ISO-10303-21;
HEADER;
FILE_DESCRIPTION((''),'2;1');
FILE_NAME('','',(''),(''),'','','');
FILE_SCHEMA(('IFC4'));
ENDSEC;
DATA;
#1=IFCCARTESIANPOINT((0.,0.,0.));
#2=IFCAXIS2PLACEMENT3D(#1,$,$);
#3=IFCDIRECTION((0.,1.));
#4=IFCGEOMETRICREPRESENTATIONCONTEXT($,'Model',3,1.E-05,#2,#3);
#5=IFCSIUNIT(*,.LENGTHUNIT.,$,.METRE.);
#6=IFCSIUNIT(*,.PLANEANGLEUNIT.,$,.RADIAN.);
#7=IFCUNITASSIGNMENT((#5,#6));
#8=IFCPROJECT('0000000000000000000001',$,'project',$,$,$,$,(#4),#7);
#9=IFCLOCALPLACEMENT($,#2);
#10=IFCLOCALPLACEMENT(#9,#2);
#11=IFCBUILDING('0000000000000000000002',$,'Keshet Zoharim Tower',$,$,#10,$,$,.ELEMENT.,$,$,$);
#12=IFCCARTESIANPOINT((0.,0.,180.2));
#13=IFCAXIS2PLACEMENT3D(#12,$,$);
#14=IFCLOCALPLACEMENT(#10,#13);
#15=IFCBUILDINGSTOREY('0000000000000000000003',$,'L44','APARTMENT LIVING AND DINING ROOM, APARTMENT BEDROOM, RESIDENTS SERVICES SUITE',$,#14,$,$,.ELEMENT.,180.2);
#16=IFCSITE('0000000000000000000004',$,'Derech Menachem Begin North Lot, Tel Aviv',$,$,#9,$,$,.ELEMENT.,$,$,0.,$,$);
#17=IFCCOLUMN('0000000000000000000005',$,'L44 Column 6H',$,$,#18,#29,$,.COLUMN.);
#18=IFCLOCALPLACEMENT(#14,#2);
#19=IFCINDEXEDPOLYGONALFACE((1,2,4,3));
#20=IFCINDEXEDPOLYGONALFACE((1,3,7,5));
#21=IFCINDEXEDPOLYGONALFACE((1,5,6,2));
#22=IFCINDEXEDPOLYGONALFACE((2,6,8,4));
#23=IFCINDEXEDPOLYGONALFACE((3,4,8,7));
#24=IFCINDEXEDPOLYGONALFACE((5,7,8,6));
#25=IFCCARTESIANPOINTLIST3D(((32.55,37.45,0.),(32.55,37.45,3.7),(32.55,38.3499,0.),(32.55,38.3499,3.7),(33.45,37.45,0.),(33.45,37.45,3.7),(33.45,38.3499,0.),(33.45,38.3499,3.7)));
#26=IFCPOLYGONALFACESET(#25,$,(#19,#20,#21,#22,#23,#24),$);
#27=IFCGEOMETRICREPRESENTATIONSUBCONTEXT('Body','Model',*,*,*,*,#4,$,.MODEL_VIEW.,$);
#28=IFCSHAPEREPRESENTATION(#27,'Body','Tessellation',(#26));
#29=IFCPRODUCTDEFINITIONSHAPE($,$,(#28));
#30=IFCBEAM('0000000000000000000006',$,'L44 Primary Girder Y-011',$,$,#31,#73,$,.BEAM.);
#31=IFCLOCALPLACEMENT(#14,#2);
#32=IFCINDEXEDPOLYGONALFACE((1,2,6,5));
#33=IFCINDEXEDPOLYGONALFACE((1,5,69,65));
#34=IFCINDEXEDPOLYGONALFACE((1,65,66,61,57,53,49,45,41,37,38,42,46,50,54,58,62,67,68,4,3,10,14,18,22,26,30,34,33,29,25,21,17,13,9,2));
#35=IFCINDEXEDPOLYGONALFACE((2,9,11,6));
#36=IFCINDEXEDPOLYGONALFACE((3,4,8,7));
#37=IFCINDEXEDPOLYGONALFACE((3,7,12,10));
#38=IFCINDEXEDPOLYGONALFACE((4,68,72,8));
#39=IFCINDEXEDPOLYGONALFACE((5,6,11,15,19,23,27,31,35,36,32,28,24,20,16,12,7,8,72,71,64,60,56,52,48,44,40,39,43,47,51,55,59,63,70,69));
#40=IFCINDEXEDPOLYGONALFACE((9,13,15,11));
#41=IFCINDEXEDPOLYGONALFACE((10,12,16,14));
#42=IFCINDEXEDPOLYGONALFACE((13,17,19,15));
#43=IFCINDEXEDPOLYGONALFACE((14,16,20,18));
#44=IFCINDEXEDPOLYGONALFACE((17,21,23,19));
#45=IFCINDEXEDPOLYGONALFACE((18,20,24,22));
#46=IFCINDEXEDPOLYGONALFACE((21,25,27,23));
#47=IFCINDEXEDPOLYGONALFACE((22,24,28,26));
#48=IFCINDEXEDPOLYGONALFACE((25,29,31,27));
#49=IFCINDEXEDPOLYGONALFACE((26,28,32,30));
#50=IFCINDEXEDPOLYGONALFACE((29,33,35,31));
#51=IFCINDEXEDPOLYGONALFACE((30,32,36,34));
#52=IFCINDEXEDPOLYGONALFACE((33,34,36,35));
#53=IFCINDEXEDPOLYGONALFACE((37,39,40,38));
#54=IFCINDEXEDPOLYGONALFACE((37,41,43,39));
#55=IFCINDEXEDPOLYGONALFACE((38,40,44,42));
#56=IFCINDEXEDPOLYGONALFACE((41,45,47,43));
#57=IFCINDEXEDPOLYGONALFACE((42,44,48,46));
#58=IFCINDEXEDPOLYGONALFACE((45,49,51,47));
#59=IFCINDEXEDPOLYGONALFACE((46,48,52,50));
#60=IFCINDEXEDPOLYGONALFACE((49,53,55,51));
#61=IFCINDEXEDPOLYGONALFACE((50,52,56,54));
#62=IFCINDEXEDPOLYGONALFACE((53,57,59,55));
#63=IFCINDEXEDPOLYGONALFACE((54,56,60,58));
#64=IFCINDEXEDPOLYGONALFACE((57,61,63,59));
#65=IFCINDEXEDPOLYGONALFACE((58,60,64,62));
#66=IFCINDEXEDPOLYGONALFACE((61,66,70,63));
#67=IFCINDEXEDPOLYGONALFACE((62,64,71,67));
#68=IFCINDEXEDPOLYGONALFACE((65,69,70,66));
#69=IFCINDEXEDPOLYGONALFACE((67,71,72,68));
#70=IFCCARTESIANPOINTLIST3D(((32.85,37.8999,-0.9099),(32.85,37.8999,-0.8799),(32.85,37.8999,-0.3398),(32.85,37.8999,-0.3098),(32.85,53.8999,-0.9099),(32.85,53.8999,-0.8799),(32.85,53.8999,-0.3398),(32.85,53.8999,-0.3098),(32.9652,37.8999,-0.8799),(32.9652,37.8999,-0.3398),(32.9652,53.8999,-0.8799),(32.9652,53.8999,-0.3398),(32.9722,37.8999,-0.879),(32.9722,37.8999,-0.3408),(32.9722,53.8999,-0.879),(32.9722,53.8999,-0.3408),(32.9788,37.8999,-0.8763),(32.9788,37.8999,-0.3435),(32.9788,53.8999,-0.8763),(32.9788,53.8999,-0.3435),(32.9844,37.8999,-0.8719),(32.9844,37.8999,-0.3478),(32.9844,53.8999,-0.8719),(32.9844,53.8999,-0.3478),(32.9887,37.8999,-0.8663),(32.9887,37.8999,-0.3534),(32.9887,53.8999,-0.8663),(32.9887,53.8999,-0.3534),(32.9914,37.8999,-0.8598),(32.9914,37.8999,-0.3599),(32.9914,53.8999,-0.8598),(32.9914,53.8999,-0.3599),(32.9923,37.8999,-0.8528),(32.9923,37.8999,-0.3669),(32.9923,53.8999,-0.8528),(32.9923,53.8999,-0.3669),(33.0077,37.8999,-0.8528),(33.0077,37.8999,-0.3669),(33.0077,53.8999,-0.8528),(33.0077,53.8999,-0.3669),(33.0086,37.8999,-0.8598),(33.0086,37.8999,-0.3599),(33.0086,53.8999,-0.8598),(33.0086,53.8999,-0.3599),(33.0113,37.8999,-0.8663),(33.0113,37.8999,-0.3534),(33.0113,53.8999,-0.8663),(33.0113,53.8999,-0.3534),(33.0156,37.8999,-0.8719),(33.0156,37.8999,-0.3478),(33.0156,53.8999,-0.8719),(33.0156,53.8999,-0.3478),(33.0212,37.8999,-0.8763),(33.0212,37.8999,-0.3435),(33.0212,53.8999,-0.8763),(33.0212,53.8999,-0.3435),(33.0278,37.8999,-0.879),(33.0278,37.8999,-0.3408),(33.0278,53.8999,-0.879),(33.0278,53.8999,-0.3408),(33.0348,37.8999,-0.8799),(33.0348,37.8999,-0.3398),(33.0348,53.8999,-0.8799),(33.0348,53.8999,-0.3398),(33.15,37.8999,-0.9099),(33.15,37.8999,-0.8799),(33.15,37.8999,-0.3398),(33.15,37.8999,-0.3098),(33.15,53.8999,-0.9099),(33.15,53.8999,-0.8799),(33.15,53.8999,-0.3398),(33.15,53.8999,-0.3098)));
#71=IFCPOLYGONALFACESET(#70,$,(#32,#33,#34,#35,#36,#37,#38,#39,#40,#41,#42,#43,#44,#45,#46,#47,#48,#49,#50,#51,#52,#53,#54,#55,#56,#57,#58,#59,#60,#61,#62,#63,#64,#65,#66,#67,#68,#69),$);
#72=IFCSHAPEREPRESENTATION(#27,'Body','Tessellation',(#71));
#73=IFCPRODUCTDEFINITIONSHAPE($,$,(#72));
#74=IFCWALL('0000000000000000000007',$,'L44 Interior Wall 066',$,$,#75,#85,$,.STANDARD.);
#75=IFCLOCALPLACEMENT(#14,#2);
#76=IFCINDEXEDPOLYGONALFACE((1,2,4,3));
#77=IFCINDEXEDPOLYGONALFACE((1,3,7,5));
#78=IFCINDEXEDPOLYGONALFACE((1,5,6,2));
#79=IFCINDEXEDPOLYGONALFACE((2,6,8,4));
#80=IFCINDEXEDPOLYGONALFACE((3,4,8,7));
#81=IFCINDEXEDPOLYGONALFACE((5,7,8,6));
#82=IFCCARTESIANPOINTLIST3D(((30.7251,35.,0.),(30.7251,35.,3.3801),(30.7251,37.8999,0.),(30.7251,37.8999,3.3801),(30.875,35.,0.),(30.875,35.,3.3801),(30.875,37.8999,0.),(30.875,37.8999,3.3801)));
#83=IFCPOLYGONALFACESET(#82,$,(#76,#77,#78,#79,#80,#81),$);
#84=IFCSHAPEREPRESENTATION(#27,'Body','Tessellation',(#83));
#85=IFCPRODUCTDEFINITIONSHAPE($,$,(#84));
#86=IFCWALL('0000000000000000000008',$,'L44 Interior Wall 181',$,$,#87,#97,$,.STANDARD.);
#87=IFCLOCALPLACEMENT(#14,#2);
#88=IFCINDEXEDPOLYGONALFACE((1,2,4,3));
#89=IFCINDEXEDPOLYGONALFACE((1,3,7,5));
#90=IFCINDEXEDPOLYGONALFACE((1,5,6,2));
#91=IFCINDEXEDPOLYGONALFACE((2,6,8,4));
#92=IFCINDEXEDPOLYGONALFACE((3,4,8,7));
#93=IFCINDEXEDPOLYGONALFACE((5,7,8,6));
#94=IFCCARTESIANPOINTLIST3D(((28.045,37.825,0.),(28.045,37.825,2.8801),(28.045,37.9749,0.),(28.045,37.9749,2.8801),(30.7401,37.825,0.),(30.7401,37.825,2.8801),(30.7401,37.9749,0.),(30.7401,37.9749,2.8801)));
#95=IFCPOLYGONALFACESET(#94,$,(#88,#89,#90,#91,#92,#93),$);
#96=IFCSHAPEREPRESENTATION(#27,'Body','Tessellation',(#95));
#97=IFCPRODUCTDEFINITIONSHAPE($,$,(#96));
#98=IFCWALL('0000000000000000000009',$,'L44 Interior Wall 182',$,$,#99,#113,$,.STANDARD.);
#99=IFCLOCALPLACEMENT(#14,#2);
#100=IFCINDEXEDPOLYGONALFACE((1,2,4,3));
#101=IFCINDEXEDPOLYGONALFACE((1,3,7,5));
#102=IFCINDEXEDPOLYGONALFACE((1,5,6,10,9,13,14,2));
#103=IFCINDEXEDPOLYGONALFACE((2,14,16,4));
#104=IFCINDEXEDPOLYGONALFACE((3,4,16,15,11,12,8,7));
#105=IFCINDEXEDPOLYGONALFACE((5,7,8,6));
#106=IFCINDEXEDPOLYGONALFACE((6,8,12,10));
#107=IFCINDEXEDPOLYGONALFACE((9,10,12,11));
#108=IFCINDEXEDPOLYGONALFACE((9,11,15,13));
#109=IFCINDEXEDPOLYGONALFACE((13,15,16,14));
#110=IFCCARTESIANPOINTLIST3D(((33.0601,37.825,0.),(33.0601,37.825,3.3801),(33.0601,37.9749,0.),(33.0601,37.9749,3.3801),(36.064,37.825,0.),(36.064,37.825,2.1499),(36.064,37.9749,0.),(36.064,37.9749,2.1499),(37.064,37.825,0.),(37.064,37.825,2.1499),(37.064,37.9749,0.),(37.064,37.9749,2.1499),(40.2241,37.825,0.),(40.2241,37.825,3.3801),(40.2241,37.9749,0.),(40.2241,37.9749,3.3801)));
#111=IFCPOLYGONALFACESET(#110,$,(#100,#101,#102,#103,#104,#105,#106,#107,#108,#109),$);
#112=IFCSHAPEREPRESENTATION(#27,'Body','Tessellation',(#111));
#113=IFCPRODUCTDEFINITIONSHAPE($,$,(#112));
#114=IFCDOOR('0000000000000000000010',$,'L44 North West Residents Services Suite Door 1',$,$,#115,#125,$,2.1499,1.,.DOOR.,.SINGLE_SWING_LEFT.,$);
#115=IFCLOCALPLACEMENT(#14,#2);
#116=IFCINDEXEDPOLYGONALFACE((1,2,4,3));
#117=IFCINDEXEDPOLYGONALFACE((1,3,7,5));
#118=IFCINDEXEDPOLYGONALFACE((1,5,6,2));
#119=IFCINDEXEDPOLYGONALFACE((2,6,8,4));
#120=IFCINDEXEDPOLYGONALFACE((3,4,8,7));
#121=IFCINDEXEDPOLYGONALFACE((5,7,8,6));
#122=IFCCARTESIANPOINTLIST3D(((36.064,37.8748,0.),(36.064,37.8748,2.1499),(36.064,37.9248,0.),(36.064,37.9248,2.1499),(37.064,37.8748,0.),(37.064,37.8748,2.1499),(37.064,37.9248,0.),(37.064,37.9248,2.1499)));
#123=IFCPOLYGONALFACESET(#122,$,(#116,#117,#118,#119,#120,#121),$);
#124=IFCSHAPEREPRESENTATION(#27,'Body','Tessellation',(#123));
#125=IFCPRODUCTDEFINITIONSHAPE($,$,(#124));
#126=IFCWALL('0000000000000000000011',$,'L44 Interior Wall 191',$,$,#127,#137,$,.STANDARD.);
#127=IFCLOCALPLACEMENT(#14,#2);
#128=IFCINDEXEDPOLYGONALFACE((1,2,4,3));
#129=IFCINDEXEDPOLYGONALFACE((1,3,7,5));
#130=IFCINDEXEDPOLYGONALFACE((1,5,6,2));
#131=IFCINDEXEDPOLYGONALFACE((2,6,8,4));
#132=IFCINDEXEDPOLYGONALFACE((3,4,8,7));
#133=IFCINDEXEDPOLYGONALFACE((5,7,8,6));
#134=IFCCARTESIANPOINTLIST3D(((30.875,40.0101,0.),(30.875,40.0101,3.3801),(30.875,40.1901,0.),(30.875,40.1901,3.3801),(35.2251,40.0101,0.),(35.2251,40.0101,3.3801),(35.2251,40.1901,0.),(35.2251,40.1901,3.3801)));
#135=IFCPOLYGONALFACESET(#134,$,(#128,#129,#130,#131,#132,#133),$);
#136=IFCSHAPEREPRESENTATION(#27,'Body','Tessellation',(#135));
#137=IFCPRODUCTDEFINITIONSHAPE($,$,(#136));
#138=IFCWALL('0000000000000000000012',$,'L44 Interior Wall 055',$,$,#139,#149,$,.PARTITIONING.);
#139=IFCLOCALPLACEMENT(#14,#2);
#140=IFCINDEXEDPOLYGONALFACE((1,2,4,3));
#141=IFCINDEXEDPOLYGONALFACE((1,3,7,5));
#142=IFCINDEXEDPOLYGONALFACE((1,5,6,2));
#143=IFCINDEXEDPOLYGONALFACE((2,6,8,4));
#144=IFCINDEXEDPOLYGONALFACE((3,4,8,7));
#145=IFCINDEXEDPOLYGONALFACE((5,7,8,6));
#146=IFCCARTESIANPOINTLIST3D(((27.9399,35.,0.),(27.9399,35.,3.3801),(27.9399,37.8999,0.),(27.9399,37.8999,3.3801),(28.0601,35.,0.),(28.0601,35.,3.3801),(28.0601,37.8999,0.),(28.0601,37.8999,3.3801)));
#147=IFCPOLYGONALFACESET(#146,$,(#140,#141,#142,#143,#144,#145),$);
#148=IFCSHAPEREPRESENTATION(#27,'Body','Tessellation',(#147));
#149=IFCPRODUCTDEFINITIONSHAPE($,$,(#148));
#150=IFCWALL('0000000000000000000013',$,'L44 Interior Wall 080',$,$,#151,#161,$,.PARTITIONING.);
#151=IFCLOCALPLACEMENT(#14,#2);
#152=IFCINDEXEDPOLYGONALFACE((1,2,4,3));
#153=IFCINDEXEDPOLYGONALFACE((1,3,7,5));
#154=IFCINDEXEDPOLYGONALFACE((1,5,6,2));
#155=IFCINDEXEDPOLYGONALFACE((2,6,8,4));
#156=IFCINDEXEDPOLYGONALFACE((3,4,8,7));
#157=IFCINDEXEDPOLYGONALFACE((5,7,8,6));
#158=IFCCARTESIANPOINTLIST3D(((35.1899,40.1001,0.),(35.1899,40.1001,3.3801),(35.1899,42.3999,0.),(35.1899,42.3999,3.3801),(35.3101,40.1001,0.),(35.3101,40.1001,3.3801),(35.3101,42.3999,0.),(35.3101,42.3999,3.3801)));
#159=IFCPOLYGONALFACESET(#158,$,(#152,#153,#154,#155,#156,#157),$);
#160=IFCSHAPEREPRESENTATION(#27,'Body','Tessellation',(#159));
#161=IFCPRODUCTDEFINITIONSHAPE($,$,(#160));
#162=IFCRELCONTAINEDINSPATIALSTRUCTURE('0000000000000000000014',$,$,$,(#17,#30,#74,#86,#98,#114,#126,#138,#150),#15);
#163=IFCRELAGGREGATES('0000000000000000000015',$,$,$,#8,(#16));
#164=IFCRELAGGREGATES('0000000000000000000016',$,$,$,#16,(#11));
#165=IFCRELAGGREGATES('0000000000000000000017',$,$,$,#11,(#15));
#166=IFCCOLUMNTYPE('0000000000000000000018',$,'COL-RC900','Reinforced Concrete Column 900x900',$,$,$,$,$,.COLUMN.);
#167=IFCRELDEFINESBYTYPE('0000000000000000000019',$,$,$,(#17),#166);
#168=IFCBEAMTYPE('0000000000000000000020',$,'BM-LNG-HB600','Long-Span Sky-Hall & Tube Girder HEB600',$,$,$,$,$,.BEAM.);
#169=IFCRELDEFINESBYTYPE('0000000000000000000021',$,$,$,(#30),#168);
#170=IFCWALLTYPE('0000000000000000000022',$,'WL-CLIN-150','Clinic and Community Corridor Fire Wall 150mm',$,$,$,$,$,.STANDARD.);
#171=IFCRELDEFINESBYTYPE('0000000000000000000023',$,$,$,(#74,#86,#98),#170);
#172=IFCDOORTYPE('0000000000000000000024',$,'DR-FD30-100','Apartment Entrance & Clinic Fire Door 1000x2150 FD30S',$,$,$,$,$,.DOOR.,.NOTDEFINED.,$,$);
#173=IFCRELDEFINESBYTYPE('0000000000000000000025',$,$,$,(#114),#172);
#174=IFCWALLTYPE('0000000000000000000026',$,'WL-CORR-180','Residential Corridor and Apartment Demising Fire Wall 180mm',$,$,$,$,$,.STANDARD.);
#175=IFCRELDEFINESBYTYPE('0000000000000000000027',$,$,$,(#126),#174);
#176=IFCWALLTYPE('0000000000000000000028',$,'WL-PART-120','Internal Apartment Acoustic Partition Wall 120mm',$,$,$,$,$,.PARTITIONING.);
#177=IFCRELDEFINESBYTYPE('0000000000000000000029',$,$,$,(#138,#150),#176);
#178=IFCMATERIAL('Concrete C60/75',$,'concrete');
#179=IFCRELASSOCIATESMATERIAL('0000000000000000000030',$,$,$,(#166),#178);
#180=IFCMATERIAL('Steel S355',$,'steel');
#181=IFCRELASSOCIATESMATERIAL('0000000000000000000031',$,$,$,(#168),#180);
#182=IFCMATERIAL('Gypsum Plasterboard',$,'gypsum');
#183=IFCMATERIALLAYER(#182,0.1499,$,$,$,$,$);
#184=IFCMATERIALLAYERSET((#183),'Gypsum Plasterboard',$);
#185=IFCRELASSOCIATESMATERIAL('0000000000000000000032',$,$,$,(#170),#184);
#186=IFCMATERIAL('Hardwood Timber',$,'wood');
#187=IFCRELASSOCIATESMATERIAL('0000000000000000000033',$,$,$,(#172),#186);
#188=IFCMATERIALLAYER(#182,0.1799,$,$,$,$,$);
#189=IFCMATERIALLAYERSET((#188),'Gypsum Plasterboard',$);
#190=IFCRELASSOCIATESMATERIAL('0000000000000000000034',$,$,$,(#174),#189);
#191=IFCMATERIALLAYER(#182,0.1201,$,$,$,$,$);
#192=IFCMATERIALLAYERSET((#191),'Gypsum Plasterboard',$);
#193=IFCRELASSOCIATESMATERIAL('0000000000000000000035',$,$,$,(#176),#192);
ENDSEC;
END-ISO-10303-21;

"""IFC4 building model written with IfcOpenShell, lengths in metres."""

from ifc_helpers import new_model, si_unit, direction, frame, frame_2d, origin, origin_2d, place, context, subcontext, project, spatial, rectangle, i_section, extrude, material, layer, layer_set, material_profile, profile_set, type_object, element, fill, save


model = new_model("IFC4")

# Units and contexts
model_context = context("Model", 3, precision=1e-05, world=origin(), true_north=direction((0.0, 1.0)))
body_context = subcontext(model_context, "Body", "Model", "MODEL_VIEW")
ifc_project = project(units=[si_unit("LENGTHUNIT", "METRE"), si_unit("PLANEANGLEUNIT", "RADIAN")], contexts=[model_context])

# Site, building, storey
site_placement = place(None, origin())
site = spatial("IfcSite", under=ifc_project, at=site_placement, Name="Derech Menachem Begin North Lot, Tel Aviv", CompositionType="ELEMENT", RefElevation=0.0)
building_placement = place(site_placement, origin())
building = spatial("IfcBuilding", under=site, at=building_placement, Name="Keshet Zoharim Tower", CompositionType="ELEMENT")
storey_placement = place(building_placement, frame((0.0, 0.0, 180.2)))
storey = spatial("IfcBuildingStorey", under=building, at=storey_placement, Name="L44", Description="APARTMENT LIVING AND DINING ROOM, APARTMENT BEDROOM, RESIDENTS SERVICES SUITE", CompositionType="ELEMENT", Elevation=180.2)

# Column
ifc_material_1 = material(Name="Concrete C60/75", Category="concrete")
ifc_material_profile_1 = material_profile(ifc_material_1, rectangle(XDim=0.8999, YDim=0.8999, at=origin_2d()), Name="RC900x900")
ifc_profile_set_1 = profile_set([ifc_material_profile_1], Name="Concrete C60/75")
column_type = type_object("IfcColumnType", Name="COL-RC900", Description="Reinforced Concrete Column 900x900", PredefinedType="COLUMN", material=ifc_profile_set_1)
column_placement = place(storey_placement, frame((33.0, 37.8999, 0.0), z_axis=(0.0, 0.0, 1.0), x_axis=(1.0, 0.0, 0.0)))
element("IfcColumn", 1, at=column_placement, inside=storey, type_object=column_type, Name="L44 Column 6H", PredefinedType="COLUMN", context=body_context, shape_type="SweptSolid", body=[
    extrude(rectangle(XDim=0.8999, YDim=0.8999, at=origin_2d()), origin(), (0.0, 0.0, 1.0), 3.7),
])

# Beam
ifc_material_2 = material(Name="Steel S355", Category="steel")
ifc_material_profile_2 = material_profile(ifc_material_2, i_section(OverallWidth=0.3, OverallDepth=0.6001, WebThickness=0.0154, FlangeThickness=0.03, FilletRadius=0.0271, at=origin_2d()), Name="HEB600")
ifc_profile_set_2 = profile_set([ifc_material_profile_2], Name="Steel S355")
beam_type = type_object("IfcBeamType", Name="BM-LNG-HB600", Description="Long-Span Sky-Hall & Tube Girder HEB600", PredefinedType="BEAM", material=ifc_profile_set_2)
beam_placement = place(storey_placement, frame((33.0, 37.8999, -0.6099), z_axis=(0.0, 1.0, 0.0), x_axis=(-1.0, 0.0, 0.0)))
element("IfcBeam", 2, at=beam_placement, inside=storey, type_object=beam_type, Name="L44 Primary Girder Y-011", PredefinedType="BEAM", context=body_context, shape_type="SweptSolid", body=[
    extrude(i_section(OverallWidth=0.3, OverallDepth=0.6001, WebThickness=0.0154, FlangeThickness=0.03, FilletRadius=0.0271, at=origin_2d()), origin(), (0.0, 0.0, 1.0), 16.0),
])

# Walls
ifc_material_3 = material(Name="Gypsum Plasterboard", Category="gypsum")
ifc_layer_1 = layer(ifc_material_3, 0.1499)
ifc_layer_set_1 = layer_set([ifc_layer_1], Name="Gypsum Plasterboard")
wall_type_1 = type_object("IfcWallType", Name="WL-CLIN-150", Description="Clinic and Community Corridor Fire Wall 150mm", PredefinedType="STANDARD", material=ifc_layer_set_1)
wall_1_placement = place(storey_placement, frame((30.8, 35.0, 0.0), z_axis=(0.0, 0.0, 1.0), x_axis=(0.0, 1.0, 0.0)))
element("IfcWall", 3, at=wall_1_placement, inside=storey, type_object=wall_type_1, Name="L44 Interior Wall 066", PredefinedType="STANDARD", context=body_context, shape_type="SweptSolid", body=[
    extrude(rectangle(XDim=2.8999, YDim=0.1499, at=frame_2d((1.45, 0.0))), origin(), (0.0, 0.0, 1.0), 3.3801),
])
wall_2_placement = place(storey_placement, frame((28.0449, 37.8999, 0.0), z_axis=(0.0, 0.0, 1.0), x_axis=(1.0, 0.0, 0.0)))
element("IfcWall", 4, at=wall_2_placement, inside=storey, type_object=wall_type_1, Name="L44 Interior Wall 181", PredefinedType="STANDARD", context=body_context, shape_type="SweptSolid", body=[
    extrude(rectangle(XDim=2.6951, YDim=0.1499, at=frame_2d((1.3477, 0.0))), origin(), (0.0, 0.0, 1.0), 2.8801),
])

# Wall, opening, door
wall_3_placement = place(storey_placement, frame((33.0601, 37.8999, 0.0), z_axis=(0.0, 0.0, 1.0), x_axis=(1.0, 0.0, 0.0)))
wall_3 = element("IfcWall", 5, at=wall_3_placement, inside=storey, type_object=wall_type_1, Name="L44 Interior Wall 182", PredefinedType="STANDARD", context=body_context, shape_type="SweptSolid", body=[
    extrude(rectangle(XDim=7.1641, YDim=0.1499, at=frame_2d((3.582, 0.0))), origin(), (0.0, 0.0, 1.0), 3.3801),
])
opening_1_placement = place(wall_3_placement, frame((3.0039, 0.0, 0.0)))
opening_1 = element("IfcOpeningElement", 6, at=opening_1_placement, cuts=wall_3, PredefinedType="OPENING", context=body_context, shape_type="SweptSolid", body=[
    extrude(rectangle(XDim=1.0, YDim=2.1499, at=frame_2d((0.5, 1.075))), frame((0.0, 0.085, 0.0), z_axis=(0.0, -1.0, 0.0), x_axis=(1.0, 0.0, 0.0)), (0.0, 0.0, 1.0), 0.1699),
])
ifc_material_4 = material(Name="Hardwood Timber", Category="wood")
door_type_1 = type_object("IfcDoorType", Name="DR-FD30-100", Description="Apartment Entrance & Clinic Fire Door 1000x2150 FD30S", OperationType="NOTDEFINED", PredefinedType="DOOR", material=ifc_material_4)
door_1_placement = place(opening_1_placement, origin())
door_1 = element("IfcDoor", 7, at=door_1_placement, inside=storey, type_object=door_type_1, Name="L44 North West Residents Services Suite Door 1", OperationType="SINGLE_SWING_LEFT", OverallHeight=2.1499, OverallWidth=1.0, PredefinedType="DOOR", context=body_context, shape_type="SweptSolid", body=[
    extrude(rectangle(XDim=1.0, YDim=2.1499, at=frame_2d((0.5, 1.075))), frame((0.0, 0.0249, 0.0), z_axis=(0.0, -1.0, 0.0), x_axis=(1.0, 0.0, 0.0)), (0.0, 0.0, 1.0), 0.05),
])
fill(opening_1, door_1)
ifc_layer_2 = layer(ifc_material_3, 0.1799)
ifc_layer_set_2 = layer_set([ifc_layer_2], Name="Gypsum Plasterboard")
wall_type_2 = type_object("IfcWallType", Name="WL-CORR-180", Description="Residential Corridor and Apartment Demising Fire Wall 180mm", PredefinedType="STANDARD", material=ifc_layer_set_2)

# Walls
wall_4_placement = place(storey_placement, frame((30.875, 40.1001, 0.0), z_axis=(0.0, 0.0, 1.0), x_axis=(1.0, 0.0, 0.0)))
element("IfcWall", 8, at=wall_4_placement, inside=storey, type_object=wall_type_2, Name="L44 Interior Wall 191", PredefinedType="STANDARD", context=body_context, shape_type="SweptSolid", body=[
    extrude(rectangle(XDim=4.3501, YDim=0.1799, at=frame_2d((2.175, 0.0))), origin(), (0.0, 0.0, 1.0), 3.3801),
])
ifc_layer_3 = layer(ifc_material_3, 0.1201)
ifc_layer_set_3 = layer_set([ifc_layer_3], Name="Gypsum Plasterboard")
wall_type_3 = type_object("IfcWallType", Name="WL-PART-120", Description="Internal Apartment Acoustic Partition Wall 120mm", PredefinedType="PARTITIONING", material=ifc_layer_set_3)
wall_5_placement = place(storey_placement, frame((28.0, 35.0, 0.0), z_axis=(0.0, 0.0, 1.0), x_axis=(0.0, 1.0, 0.0)))
element("IfcWall", 9, at=wall_5_placement, inside=storey, type_object=wall_type_3, Name="L44 Interior Wall 055", PredefinedType="PARTITIONING", context=body_context, shape_type="SweptSolid", body=[
    extrude(rectangle(XDim=2.8999, YDim=0.1201, at=frame_2d((1.45, 0.0))), origin(), (0.0, 0.0, 1.0), 3.3801),
])

# Wall
wall_6_placement = place(storey_placement, frame((35.25, 40.1001, 0.0), z_axis=(0.0, 0.0, 1.0), x_axis=(0.0, 1.0, 0.0)))
element("IfcWall", 10, at=wall_6_placement, inside=storey, type_object=wall_type_3, Name="L44 Interior Wall 080", PredefinedType="PARTITIONING", context=body_context, shape_type="SweptSolid", body=[
    extrude(rectangle(XDim=2.2998, YDim=0.1201, at=frame_2d((1.1499, 0.0))), origin(), (0.0, 0.0, 1.0), 3.3801),
])

save(model, "model.ifc")
